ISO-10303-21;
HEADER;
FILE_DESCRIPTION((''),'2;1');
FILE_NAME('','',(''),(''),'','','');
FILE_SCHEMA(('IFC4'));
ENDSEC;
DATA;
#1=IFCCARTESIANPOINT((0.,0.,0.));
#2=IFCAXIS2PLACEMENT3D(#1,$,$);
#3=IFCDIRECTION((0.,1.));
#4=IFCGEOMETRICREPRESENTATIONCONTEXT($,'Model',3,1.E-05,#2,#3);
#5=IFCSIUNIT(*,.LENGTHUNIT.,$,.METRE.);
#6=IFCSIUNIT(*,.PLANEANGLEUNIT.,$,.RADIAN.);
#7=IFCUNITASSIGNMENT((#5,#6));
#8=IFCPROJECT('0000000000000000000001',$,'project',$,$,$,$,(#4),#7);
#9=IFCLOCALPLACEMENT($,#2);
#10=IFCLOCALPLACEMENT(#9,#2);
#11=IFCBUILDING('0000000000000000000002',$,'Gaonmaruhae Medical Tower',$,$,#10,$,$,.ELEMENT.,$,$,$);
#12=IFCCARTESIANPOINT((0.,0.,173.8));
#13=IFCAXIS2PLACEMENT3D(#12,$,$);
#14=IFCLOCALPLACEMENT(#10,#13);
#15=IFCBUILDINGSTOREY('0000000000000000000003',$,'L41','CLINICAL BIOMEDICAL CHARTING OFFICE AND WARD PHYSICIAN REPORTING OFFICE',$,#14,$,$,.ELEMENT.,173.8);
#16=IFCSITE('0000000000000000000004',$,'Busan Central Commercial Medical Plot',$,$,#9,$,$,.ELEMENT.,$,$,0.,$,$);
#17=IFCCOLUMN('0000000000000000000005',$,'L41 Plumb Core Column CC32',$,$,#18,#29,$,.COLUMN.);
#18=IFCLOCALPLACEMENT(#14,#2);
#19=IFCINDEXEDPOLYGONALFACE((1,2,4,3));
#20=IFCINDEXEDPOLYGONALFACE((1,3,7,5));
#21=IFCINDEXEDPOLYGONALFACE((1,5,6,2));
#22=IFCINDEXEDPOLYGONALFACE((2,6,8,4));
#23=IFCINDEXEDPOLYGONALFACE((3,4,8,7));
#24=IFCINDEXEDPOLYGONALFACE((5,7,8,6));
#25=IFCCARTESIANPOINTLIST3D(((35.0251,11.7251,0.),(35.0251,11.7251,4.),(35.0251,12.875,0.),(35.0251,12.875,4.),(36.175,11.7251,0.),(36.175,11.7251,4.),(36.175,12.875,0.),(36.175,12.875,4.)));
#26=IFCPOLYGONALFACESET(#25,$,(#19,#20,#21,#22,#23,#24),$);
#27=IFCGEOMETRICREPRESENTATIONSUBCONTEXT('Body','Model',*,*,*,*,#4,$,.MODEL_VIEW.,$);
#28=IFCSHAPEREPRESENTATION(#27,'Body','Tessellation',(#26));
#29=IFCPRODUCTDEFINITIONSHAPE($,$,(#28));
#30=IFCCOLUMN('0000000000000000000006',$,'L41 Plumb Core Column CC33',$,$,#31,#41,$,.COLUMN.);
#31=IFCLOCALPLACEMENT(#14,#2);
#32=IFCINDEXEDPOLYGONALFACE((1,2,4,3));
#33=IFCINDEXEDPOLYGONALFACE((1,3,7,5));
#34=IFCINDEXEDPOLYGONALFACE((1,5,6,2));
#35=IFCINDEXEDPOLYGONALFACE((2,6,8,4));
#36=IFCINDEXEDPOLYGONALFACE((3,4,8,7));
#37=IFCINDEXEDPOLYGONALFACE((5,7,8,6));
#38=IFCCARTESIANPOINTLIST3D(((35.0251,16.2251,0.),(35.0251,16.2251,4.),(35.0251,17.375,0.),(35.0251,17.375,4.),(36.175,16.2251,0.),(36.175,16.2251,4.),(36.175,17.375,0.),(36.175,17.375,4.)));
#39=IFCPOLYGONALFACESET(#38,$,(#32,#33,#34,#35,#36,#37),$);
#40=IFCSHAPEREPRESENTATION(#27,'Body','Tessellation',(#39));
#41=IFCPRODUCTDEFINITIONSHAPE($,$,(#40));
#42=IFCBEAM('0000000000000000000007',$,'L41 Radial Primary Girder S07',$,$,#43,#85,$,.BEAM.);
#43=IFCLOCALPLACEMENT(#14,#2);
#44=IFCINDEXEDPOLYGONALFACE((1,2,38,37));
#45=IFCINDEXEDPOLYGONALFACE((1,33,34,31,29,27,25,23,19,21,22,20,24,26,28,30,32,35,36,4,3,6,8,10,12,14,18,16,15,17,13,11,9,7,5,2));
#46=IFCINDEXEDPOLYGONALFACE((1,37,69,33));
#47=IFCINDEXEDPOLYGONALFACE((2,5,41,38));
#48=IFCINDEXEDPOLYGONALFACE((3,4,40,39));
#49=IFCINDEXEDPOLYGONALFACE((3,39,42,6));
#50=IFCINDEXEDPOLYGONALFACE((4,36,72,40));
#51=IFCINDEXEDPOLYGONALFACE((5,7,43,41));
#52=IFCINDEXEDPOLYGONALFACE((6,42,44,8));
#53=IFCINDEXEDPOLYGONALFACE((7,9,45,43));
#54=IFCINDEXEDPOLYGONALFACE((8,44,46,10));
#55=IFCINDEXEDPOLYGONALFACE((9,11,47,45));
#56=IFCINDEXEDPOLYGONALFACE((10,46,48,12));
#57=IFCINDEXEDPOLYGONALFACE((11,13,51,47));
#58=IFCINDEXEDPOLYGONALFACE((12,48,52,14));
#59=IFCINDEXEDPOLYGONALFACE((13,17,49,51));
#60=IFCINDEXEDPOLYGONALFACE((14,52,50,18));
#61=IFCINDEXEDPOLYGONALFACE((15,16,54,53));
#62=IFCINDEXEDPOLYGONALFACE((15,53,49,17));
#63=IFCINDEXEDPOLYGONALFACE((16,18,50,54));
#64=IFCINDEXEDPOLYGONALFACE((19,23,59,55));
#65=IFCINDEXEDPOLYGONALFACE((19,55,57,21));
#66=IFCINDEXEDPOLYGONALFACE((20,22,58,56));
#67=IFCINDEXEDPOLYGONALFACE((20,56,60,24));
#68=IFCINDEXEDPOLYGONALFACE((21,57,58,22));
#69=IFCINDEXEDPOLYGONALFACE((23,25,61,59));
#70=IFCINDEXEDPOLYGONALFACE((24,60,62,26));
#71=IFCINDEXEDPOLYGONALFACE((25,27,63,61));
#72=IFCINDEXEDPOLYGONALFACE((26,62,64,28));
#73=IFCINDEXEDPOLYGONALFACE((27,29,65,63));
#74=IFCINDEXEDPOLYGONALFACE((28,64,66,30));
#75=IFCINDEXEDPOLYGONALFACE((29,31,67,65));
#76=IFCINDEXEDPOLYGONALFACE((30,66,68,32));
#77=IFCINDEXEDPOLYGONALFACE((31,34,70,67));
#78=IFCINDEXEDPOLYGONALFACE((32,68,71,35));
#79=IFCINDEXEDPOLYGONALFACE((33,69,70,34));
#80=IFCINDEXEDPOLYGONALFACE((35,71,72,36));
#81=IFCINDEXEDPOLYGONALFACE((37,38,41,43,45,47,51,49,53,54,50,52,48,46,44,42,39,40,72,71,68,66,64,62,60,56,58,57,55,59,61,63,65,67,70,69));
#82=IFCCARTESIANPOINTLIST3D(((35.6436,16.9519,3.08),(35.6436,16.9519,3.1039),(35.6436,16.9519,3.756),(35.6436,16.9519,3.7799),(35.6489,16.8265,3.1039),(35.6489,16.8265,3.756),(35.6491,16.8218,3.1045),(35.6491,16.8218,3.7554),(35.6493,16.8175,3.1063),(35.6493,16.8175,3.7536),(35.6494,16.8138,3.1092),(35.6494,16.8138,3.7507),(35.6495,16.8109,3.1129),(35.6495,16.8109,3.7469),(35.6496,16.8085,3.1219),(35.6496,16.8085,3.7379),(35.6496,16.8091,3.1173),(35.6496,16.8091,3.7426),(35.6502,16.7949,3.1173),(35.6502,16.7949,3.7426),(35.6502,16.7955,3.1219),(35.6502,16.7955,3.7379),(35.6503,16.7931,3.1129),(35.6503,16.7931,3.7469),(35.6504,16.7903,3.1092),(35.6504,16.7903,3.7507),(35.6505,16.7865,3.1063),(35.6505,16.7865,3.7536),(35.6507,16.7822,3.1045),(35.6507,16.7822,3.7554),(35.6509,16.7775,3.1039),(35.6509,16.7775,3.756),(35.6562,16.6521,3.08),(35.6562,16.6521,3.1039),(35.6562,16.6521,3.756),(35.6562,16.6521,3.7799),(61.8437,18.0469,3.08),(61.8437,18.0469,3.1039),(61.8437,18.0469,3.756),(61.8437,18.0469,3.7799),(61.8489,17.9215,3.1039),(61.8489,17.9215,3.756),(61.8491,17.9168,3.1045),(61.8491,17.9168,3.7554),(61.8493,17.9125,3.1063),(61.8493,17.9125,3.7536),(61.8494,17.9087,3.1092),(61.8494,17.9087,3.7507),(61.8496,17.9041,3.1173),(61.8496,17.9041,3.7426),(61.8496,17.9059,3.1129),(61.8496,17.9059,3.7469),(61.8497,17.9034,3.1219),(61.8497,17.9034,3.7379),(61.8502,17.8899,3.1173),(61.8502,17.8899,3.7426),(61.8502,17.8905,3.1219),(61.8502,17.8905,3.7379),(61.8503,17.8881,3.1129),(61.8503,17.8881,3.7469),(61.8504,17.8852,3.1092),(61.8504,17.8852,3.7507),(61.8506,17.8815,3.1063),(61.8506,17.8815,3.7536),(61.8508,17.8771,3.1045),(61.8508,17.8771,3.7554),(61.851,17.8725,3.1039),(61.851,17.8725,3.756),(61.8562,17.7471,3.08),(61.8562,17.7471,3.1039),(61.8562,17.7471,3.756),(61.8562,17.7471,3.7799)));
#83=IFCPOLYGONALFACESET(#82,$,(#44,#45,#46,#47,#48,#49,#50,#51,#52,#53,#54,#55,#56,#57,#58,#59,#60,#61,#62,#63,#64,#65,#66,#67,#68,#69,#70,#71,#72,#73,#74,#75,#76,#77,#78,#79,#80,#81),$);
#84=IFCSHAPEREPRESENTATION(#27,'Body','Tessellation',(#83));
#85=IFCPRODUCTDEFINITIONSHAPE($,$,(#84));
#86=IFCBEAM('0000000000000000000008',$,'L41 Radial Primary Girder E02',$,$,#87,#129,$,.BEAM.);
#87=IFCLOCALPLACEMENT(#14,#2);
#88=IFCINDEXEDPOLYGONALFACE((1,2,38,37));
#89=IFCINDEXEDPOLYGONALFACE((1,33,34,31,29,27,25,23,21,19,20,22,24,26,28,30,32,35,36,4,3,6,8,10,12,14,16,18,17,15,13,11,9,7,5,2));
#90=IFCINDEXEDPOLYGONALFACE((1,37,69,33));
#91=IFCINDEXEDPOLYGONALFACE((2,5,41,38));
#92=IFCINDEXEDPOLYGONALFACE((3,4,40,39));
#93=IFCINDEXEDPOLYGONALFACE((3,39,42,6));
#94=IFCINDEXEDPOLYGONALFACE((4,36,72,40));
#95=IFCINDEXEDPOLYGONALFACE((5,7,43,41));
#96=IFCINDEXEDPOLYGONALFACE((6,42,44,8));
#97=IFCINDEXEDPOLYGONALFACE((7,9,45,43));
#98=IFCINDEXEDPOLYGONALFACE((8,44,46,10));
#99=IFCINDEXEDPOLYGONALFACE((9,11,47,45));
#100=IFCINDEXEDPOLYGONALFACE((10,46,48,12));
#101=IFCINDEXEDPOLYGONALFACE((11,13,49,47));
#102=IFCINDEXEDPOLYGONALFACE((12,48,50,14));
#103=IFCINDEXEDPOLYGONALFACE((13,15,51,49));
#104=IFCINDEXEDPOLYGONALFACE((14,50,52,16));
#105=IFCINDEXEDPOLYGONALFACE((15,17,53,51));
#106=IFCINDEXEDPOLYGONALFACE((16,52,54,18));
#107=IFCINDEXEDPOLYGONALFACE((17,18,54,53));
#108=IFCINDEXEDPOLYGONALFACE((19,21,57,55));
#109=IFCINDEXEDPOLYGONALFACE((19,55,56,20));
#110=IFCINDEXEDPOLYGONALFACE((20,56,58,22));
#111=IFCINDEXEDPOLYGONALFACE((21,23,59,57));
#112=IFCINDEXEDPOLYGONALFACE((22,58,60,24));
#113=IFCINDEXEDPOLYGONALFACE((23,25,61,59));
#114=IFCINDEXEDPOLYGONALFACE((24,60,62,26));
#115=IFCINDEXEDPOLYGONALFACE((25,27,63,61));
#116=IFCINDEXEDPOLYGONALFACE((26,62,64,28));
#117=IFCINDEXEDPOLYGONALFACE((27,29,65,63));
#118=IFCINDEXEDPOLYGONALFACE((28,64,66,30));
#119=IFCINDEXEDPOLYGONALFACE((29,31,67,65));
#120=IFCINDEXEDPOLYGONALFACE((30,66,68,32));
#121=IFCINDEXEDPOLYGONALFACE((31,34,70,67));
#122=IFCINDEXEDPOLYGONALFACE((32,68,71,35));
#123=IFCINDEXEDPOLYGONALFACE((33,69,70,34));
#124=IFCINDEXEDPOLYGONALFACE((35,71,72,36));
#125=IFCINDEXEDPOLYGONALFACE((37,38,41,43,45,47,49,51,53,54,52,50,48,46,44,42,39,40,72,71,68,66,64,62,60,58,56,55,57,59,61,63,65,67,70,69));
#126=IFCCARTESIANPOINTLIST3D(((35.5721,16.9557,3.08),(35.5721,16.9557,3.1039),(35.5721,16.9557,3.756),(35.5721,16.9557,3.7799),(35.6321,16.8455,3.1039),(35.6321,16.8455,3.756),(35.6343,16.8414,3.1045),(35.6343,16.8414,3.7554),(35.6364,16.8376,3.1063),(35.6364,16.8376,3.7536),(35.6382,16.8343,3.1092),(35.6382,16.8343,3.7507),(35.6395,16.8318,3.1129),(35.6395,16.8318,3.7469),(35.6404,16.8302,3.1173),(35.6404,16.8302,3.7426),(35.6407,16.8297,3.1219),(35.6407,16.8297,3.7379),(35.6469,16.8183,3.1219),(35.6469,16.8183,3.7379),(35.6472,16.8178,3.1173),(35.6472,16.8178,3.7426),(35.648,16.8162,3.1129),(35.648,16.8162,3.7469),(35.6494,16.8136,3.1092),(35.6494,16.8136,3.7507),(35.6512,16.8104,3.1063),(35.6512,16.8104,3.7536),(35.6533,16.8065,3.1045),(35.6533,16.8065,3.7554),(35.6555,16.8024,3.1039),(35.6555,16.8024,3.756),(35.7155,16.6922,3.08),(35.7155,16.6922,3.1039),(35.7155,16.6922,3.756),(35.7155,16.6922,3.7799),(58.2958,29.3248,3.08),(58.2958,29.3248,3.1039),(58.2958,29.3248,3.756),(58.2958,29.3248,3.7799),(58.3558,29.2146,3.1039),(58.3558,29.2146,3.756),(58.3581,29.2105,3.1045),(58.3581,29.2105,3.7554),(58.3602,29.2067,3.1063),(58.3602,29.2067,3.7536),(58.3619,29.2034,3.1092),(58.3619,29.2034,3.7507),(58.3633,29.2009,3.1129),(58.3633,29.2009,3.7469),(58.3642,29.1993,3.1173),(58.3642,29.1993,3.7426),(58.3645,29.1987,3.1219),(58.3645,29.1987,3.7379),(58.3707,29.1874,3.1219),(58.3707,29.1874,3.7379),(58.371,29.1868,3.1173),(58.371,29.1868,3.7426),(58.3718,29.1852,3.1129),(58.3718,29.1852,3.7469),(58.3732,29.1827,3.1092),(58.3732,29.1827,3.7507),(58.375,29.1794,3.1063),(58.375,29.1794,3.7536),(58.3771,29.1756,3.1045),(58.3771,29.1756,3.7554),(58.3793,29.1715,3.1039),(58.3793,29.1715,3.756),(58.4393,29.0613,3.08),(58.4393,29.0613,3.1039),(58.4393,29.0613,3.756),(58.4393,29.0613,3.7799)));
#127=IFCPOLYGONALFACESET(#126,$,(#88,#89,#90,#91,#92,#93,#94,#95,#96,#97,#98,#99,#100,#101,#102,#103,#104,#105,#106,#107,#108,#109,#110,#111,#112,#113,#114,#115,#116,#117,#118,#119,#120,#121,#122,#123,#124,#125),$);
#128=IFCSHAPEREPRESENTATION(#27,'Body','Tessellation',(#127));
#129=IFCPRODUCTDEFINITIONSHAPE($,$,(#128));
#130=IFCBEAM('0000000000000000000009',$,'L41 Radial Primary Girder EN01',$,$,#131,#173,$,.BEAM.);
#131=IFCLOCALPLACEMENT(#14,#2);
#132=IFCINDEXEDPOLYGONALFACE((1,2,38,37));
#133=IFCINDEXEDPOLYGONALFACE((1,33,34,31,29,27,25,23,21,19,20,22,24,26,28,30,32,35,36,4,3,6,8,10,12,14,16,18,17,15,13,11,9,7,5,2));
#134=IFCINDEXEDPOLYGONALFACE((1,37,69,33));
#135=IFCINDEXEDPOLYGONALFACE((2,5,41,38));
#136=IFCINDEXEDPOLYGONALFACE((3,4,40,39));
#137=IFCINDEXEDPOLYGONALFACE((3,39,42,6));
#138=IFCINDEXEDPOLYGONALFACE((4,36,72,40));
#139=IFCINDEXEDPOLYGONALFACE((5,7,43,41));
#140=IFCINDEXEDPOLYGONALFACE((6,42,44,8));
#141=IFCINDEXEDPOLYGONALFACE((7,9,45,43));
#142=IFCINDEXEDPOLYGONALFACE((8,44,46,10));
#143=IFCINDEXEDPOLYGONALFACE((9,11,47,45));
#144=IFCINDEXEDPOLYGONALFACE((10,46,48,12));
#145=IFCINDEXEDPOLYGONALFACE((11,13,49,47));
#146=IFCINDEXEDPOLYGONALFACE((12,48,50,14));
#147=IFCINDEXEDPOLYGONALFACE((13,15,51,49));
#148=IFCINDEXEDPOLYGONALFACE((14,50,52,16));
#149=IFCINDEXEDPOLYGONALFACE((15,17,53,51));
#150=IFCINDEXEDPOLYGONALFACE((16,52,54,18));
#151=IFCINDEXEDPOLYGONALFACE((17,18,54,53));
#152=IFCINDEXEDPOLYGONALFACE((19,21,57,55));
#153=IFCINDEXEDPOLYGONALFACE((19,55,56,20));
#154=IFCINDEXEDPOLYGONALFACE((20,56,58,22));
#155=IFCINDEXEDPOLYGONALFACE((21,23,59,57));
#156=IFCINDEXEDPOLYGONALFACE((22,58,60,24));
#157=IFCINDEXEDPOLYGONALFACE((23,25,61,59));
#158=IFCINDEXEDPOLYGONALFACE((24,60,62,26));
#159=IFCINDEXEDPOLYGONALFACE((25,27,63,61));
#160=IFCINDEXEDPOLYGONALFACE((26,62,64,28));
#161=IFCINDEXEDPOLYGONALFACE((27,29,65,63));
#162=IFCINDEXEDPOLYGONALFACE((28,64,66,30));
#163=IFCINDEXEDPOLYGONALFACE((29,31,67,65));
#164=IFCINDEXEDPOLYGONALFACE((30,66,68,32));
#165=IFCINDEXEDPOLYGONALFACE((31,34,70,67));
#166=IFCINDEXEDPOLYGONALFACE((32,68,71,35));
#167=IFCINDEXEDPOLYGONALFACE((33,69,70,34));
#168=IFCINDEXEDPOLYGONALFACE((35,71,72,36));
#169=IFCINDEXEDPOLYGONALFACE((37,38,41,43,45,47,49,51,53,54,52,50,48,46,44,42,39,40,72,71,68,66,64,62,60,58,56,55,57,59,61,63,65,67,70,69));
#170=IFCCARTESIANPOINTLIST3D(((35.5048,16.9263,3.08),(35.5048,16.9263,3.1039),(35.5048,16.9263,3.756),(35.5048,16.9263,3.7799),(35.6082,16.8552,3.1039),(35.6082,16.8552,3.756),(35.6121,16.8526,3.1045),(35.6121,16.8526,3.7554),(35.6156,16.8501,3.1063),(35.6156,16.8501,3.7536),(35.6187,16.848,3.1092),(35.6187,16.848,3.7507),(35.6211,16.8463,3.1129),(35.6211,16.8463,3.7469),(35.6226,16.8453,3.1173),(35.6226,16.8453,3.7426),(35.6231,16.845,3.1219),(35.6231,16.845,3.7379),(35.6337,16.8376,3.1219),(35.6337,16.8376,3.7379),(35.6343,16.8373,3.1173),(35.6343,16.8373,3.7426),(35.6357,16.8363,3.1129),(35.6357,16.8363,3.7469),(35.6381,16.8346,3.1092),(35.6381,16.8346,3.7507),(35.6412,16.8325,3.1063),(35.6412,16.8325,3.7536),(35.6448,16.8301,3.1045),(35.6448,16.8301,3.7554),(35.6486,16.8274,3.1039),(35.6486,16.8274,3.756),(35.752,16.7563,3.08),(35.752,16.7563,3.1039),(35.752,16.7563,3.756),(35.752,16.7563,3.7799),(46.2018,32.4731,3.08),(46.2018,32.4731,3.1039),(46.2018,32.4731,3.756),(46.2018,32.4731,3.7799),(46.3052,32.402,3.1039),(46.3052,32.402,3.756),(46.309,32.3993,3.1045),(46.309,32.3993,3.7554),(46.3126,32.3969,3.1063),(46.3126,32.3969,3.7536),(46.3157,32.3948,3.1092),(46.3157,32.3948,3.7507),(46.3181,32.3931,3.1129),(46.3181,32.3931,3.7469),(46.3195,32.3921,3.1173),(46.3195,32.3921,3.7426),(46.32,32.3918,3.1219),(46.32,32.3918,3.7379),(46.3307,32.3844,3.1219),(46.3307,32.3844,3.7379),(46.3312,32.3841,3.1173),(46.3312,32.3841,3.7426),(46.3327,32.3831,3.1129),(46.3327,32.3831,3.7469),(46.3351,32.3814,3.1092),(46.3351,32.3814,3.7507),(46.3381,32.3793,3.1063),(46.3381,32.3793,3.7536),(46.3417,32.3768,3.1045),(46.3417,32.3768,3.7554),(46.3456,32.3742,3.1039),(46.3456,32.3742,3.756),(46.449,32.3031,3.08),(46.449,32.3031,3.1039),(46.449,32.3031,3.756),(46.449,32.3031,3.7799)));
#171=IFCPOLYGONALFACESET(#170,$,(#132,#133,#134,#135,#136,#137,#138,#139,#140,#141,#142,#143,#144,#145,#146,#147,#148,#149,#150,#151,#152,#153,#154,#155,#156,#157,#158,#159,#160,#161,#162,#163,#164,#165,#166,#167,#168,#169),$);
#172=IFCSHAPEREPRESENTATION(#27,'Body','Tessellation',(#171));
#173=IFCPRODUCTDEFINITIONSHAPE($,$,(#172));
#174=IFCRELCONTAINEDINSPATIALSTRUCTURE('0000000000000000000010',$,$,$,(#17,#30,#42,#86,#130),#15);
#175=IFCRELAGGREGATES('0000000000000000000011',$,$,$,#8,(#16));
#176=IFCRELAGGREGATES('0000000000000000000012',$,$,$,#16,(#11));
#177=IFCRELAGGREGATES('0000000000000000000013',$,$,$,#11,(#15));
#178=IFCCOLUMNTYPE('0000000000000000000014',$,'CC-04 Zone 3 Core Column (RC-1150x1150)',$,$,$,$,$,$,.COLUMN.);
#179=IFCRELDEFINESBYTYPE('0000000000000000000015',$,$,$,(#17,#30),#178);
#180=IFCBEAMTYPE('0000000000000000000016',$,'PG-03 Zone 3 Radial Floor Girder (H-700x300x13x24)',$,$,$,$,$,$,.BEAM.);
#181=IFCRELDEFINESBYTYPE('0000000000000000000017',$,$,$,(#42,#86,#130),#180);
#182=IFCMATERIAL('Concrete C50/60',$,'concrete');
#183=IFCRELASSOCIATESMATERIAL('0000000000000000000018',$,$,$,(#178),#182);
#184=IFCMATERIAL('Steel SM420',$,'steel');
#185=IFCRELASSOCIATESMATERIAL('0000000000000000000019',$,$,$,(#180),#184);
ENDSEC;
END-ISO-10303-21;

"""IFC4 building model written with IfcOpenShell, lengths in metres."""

from ifc_helpers import new_model, si_unit, direction, frame, origin, origin_2d, place, context, subcontext, project, spatial, rectangle, i_section, extrude, material, material_profile, profile_set, type_object, element, save


model = new_model("IFC4")

# Units and contexts
model_context = context("Model", 3, precision=1e-05, world=origin(), true_north=direction((0.0, 1.0)))
body_context = subcontext(model_context, "Body", "Model", "MODEL_VIEW")
ifc_project = project(units=[si_unit("LENGTHUNIT", "METRE"), si_unit("PLANEANGLEUNIT", "RADIAN")], contexts=[model_context])

# Site, building, storey
site_placement = place(None, origin())
site = spatial("IfcSite", under=ifc_project, at=site_placement, Name="Busan Central Commercial Medical Plot", CompositionType="ELEMENT", RefElevation=0.0)
building_placement = place(site_placement, origin())
building = spatial("IfcBuilding", under=site, at=building_placement, Name="Gaonmaruhae Medical Tower", CompositionType="ELEMENT")
storey_placement = place(building_placement, frame((0.0, 0.0, 173.8)))
storey = spatial("IfcBuildingStorey", under=building, at=storey_placement, Name="L41", Description="CLINICAL BIOMEDICAL CHARTING OFFICE AND WARD PHYSICIAN REPORTING OFFICE", CompositionType="ELEMENT", Elevation=173.8)

# Columns
ifc_material_1 = material(Name="Concrete C50/60", Category="concrete")
ifc_material_profile_1 = material_profile(ifc_material_1, rectangle(XDim=1.1499, YDim=1.1499, at=origin_2d()), Name="RC-1150x1150")
ifc_profile_set_1 = profile_set([ifc_material_profile_1], Name="Concrete C50/60")
column_type = type_object("IfcColumnType", Name="CC-04 Zone 3 Core Column (RC-1150x1150)", PredefinedType="COLUMN", material=ifc_profile_set_1)
for number, where, z_axis, x_axis, name in (
    (1, (35.6001, 12.3, 0.0), (0.0, 0.0, 1.0), (1.0, 0.0, 0.0), "L41 Plumb Core Column CC32"),
    (2, (35.6001, 16.8, 0.0), (0.0, 0.0, 1.0), (1.0, 0.0, 0.0), "L41 Plumb Core Column CC33"),
):
    element("IfcColumn", number, at=place(storey_placement, frame(where, z_axis=z_axis, x_axis=x_axis)), inside=storey, type_object=column_type, Name=name, PredefinedType="COLUMN", context=body_context, shape_type="SweptSolid", body=[
        extrude(rectangle(XDim=1.1499, YDim=1.1499, at=origin_2d()), origin(), (0.0, 0.0, 1.0), 4.0),
    ])

# Beams
ifc_material_2 = material(Name="Steel SM420", Category="steel")
ifc_material_profile_2 = material_profile(ifc_material_2, i_section(OverallWidth=0.3, OverallDepth=0.7, WebThickness=0.0129, FlangeThickness=0.0239, FilletRadius=0.0181, at=origin_2d()), Name="H-700x300x13x24")
ifc_profile_set_2 = profile_set([ifc_material_profile_2], Name="Steel SM420")
beam_type = type_object("IfcBeamType", Name="PG-03 Zone 3 Radial Floor Girder (H-700x300x13x24)", PredefinedType="BEAM", material=ifc_profile_set_2)
beam_1_placement = place(storey_placement, frame((35.6499, 16.802, 3.4299), z_axis=(0.999128, 0.041756, 0.0), x_axis=(-0.041756, 0.999128, 0.0)))
element("IfcBeam", 3, at=beam_1_placement, inside=storey, type_object=beam_type, Name="L41 Radial Primary Girder S07", PredefinedType="BEAM", context=body_context, shape_type="SweptSolid", body=[
    extrude(i_section(OverallWidth=0.3, OverallDepth=0.7, WebThickness=0.0129, FlangeThickness=0.0239, FilletRadius=0.0181, at=origin_2d()), origin(), (0.0, 0.0, 1.0), 26.2229),
])
beam_2_placement = place(storey_placement, frame((35.6438, 16.824, 3.4299), z_axis=(0.878313, 0.478086, 0.0), x_axis=(-0.478086, 0.878313, 0.0)))
element("IfcBeam", 4, at=beam_2_placement, inside=storey, type_object=beam_type, Name="L41 Radial Primary Girder E02", PredefinedType="BEAM", context=body_context, shape_type="SweptSolid", body=[
    extrude(i_section(OverallWidth=0.3, OverallDepth=0.7, WebThickness=0.0129, FlangeThickness=0.0239, FilletRadius=0.0181, at=origin_2d()), origin(), (0.0, 0.0, 1.0), 25.8721),
])
beam_3_placement = place(storey_placement, frame((35.6284, 16.8413, 3.4299), z_axis=(0.566836, 0.82383, 0.0), x_axis=(-0.82383, 0.566836, 0.0)))
element("IfcBeam", 5, at=beam_3_placement, inside=storey, type_object=beam_type, Name="L41 Radial Primary Girder EN01", PredefinedType="BEAM", context=body_context, shape_type="SweptSolid", body=[
    extrude(i_section(OverallWidth=0.3, OverallDepth=0.7, WebThickness=0.0129, FlangeThickness=0.0239, FilletRadius=0.0181, at=origin_2d()), origin(), (0.0, 0.0, 1.0), 18.8713),
])

save(model, "model.ifc")
